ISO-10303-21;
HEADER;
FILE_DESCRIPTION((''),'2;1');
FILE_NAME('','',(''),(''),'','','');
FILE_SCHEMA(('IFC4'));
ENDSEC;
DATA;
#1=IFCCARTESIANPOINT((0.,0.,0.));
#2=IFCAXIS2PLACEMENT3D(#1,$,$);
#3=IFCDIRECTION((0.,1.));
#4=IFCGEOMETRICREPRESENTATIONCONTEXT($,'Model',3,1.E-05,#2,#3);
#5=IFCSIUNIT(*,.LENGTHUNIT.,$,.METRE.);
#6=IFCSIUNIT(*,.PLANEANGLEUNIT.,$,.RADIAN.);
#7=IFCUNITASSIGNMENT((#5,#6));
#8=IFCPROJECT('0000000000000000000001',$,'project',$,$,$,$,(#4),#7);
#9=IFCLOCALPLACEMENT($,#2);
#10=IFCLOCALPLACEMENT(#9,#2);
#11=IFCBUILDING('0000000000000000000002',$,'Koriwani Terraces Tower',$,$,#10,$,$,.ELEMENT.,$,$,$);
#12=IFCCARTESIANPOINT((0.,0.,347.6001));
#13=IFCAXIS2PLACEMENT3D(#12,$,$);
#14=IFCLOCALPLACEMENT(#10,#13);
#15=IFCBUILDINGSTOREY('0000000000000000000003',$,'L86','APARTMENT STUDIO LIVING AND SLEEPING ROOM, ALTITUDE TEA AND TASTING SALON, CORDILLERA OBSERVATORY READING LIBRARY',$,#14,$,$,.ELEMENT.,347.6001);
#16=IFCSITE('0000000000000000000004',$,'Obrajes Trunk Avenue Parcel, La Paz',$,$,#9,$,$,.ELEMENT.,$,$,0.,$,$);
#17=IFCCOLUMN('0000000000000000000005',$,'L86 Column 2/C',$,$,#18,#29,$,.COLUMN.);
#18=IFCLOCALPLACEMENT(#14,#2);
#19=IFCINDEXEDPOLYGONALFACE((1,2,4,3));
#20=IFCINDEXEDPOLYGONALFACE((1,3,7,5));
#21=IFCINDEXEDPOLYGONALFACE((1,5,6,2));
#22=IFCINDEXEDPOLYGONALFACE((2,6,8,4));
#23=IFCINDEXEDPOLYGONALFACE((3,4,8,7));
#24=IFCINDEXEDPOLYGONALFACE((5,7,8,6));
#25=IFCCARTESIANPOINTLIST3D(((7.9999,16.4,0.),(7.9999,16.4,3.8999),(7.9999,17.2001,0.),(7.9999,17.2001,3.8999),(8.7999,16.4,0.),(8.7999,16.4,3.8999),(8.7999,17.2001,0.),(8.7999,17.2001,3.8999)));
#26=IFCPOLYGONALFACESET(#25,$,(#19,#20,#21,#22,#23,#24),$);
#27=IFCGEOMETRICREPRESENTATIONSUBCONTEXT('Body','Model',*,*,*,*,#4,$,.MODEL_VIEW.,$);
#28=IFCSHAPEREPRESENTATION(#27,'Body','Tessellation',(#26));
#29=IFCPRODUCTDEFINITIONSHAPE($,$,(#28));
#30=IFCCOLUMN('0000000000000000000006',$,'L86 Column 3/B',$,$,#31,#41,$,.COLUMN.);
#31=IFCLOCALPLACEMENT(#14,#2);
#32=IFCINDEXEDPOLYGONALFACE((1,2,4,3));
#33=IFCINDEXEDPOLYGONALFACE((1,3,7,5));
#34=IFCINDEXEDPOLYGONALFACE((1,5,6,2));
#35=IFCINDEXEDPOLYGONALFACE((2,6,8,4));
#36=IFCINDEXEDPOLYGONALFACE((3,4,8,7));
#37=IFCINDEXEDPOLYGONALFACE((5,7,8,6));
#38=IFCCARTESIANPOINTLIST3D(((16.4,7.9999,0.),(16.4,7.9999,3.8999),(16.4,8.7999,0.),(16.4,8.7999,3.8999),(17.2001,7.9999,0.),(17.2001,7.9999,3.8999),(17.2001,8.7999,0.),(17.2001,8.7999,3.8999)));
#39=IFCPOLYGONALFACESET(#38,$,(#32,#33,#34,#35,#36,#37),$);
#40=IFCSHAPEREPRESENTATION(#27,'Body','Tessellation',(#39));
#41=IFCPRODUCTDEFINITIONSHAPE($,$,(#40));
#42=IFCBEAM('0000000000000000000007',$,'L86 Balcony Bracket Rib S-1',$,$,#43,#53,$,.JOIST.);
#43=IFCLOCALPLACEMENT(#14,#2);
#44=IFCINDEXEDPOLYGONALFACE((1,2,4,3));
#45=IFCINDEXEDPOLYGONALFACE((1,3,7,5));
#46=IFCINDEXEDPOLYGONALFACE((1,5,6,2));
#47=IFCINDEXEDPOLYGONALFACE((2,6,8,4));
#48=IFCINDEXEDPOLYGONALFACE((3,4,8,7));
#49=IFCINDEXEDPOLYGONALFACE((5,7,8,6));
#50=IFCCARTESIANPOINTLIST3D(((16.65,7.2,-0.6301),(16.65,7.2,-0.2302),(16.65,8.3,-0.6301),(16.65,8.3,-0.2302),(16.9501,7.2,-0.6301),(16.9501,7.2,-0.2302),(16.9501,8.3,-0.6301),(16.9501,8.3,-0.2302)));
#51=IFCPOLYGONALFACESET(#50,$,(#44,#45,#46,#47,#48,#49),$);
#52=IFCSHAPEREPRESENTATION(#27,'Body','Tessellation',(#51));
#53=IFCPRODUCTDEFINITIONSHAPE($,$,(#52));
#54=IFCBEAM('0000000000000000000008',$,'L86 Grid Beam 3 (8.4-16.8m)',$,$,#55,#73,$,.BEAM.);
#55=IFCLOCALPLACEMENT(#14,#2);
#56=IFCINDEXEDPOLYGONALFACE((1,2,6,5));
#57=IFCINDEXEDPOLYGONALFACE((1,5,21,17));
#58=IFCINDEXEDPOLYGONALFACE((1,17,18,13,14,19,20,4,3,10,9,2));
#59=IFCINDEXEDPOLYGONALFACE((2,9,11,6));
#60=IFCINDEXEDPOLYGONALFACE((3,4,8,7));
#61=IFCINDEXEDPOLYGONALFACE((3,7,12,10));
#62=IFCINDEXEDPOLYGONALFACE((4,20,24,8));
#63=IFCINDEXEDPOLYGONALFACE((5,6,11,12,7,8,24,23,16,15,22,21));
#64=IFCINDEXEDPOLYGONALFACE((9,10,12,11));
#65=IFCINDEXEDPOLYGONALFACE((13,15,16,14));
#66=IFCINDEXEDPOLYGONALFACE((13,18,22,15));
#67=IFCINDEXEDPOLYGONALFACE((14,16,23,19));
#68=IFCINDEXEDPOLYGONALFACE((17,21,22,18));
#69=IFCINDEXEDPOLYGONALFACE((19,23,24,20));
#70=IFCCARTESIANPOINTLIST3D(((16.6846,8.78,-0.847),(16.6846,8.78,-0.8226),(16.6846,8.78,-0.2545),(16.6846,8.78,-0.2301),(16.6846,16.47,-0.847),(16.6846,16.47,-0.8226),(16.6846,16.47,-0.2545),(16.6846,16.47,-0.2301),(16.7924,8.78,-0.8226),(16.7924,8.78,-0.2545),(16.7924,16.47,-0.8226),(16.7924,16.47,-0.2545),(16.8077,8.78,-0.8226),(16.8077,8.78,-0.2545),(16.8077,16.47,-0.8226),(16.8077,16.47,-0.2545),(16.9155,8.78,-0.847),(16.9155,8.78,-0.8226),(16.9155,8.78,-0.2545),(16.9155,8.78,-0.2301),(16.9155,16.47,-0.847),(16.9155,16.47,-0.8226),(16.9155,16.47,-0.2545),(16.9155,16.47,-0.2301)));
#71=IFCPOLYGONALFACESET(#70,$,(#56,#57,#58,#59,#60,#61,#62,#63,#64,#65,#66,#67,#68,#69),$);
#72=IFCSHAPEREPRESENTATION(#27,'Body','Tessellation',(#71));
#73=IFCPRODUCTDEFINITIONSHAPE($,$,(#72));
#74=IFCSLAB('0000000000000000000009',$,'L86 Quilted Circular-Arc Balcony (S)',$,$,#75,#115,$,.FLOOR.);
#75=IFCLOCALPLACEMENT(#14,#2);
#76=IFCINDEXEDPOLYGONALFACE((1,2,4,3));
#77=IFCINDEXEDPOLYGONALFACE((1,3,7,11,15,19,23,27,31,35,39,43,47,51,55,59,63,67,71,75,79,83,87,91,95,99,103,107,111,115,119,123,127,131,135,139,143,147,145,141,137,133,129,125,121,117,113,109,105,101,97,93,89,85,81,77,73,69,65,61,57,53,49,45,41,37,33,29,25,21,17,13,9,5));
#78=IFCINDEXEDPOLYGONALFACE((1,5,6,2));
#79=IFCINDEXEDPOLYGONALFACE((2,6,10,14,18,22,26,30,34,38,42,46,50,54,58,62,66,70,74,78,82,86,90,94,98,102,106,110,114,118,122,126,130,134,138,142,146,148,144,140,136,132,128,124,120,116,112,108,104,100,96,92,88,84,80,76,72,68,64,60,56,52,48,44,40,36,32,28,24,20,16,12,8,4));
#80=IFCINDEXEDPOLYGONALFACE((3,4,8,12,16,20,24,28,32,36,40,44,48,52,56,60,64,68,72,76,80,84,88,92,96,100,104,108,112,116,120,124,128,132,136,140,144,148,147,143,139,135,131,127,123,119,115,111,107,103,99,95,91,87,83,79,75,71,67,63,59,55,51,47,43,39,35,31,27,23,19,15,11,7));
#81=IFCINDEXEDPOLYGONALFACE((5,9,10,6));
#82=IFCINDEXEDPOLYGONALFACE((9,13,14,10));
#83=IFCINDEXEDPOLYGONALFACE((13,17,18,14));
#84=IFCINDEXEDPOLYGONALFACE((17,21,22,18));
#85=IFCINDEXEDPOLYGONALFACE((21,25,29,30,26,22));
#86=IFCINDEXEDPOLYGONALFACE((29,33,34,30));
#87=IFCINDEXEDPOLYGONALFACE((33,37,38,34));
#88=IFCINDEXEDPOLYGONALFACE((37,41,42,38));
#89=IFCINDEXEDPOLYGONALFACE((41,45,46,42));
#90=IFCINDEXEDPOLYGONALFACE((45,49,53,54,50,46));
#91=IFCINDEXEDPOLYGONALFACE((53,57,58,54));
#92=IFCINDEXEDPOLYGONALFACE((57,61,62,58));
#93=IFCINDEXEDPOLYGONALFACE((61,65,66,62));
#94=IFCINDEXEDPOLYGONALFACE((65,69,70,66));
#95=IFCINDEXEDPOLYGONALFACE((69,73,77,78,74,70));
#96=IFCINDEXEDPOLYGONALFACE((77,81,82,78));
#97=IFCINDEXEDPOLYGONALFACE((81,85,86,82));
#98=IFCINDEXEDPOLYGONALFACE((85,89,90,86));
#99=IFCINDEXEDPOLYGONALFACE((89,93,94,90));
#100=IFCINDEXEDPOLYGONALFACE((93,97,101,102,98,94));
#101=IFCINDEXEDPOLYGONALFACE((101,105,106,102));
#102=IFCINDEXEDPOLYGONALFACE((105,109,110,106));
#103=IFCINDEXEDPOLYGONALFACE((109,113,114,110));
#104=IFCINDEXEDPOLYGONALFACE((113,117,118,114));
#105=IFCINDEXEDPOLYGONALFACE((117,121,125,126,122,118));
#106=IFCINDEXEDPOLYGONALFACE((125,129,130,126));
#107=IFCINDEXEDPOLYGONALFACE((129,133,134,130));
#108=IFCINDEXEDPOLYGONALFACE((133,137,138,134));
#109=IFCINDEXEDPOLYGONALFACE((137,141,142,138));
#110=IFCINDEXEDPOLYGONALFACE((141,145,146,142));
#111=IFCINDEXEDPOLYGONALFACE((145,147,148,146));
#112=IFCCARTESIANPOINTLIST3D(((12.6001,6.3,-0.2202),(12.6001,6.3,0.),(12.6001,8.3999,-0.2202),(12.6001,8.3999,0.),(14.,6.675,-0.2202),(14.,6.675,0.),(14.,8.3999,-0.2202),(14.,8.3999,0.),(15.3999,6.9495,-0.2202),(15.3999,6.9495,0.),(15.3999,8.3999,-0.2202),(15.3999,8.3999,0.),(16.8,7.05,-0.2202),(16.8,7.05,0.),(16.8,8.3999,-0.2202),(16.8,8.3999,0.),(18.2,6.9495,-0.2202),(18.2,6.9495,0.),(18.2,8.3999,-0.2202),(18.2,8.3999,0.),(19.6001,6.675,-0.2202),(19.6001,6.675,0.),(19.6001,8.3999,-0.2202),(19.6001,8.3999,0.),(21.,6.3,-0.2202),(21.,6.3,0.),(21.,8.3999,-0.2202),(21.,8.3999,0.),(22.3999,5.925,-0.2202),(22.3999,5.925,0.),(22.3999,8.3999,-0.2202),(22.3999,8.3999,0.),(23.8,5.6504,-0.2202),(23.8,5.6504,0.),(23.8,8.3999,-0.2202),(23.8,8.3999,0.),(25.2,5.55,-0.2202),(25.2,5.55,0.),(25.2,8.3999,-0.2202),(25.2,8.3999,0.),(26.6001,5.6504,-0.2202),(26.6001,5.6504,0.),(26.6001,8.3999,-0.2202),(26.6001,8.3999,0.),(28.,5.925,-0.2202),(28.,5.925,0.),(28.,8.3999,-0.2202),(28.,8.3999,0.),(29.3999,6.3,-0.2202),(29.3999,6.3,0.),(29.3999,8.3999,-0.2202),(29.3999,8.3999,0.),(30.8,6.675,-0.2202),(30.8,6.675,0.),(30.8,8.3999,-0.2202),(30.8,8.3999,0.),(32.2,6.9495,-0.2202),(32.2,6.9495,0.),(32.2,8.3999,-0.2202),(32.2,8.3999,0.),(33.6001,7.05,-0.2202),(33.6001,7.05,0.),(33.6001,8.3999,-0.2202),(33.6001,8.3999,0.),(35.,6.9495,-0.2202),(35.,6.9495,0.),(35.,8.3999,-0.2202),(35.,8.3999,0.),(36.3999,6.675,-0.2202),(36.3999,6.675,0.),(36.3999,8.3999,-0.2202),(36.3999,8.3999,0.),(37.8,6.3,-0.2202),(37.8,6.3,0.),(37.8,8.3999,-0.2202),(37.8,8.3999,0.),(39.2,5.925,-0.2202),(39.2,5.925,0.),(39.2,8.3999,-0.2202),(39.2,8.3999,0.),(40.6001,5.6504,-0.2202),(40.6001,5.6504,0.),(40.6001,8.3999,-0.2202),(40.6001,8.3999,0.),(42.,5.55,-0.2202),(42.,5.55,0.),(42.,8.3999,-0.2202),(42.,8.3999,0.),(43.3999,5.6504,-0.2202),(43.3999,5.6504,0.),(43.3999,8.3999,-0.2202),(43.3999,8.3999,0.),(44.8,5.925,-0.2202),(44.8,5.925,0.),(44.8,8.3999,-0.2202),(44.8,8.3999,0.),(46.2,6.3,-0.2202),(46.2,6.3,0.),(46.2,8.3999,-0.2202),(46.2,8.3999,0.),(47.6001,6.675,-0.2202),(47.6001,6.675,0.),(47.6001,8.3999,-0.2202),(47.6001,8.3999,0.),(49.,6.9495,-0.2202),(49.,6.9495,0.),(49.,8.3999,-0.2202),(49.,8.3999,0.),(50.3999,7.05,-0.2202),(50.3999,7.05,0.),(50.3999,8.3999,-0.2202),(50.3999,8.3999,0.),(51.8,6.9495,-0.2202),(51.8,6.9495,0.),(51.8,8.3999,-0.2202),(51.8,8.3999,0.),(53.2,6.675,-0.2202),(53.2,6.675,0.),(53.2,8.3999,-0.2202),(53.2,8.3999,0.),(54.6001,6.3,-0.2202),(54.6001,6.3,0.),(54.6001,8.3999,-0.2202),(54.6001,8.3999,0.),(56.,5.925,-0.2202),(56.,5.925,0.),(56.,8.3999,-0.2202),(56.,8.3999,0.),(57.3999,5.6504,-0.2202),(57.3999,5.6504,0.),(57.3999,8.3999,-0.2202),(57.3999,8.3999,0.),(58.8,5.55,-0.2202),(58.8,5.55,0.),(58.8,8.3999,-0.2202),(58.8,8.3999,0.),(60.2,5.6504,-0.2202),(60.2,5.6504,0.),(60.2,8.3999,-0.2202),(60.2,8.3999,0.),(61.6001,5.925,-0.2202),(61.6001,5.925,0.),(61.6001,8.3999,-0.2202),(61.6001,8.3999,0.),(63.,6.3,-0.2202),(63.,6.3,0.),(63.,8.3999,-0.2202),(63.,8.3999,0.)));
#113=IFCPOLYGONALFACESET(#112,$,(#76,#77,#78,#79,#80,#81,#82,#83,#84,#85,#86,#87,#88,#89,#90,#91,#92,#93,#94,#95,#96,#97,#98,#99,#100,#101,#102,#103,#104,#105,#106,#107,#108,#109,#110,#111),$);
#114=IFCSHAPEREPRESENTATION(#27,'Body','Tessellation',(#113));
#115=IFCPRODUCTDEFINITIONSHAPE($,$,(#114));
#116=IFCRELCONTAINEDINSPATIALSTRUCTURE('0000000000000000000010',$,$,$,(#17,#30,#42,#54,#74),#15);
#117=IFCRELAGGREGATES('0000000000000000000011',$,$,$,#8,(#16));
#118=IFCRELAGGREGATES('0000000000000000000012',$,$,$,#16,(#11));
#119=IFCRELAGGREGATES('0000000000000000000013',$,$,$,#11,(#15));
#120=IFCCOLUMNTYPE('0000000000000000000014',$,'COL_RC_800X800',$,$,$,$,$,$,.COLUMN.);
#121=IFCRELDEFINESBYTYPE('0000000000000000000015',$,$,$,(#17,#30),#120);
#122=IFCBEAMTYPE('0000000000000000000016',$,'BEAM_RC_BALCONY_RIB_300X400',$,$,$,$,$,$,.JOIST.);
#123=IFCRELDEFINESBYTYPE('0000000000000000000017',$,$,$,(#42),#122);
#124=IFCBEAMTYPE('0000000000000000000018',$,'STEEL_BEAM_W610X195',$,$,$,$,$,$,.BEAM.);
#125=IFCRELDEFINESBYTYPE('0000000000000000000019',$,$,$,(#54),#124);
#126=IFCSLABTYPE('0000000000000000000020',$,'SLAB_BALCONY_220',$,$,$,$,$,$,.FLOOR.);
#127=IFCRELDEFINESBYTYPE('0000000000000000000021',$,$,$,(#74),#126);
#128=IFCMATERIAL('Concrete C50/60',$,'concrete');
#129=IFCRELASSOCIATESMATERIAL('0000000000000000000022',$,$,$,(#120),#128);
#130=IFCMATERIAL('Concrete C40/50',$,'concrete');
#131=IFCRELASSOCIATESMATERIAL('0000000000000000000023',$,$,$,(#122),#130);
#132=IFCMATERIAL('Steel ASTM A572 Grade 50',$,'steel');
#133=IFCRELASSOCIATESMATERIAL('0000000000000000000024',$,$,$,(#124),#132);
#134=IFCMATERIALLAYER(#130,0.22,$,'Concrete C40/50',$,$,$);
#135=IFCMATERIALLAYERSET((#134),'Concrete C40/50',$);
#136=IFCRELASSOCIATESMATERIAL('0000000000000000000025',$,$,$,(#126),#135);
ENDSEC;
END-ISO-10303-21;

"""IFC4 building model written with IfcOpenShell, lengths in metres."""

from ifc_helpers import new_model, si_unit, direction, frame, origin, origin_2d, place, context, subcontext, project, spatial, polyline, rectangle, i_section, outline, extrude, material, layer, layer_set, material_profile, profile_set, type_object, element, save


model = new_model("IFC4")

# Units and contexts
model_context = context("Model", 3, precision=1e-05, world=origin(), true_north=direction((0.0, 1.0)))
body_context = subcontext(model_context, "Body", "Model", "MODEL_VIEW")
ifc_project = project(units=[si_unit("LENGTHUNIT", "METRE"), si_unit("PLANEANGLEUNIT", "RADIAN")], contexts=[model_context])

# Site, building, storey
site_placement = place(None, origin())
site = spatial("IfcSite", under=ifc_project, at=site_placement, Name="Obrajes Trunk Avenue Parcel, La Paz", CompositionType="ELEMENT", RefElevation=0.0)
building_placement = place(site_placement, origin())
building = spatial("IfcBuilding", under=site, at=building_placement, Name="Koriwani Terraces Tower", CompositionType="ELEMENT")
storey_placement = place(building_placement, frame((0.0, 0.0, 347.6001)))
storey = spatial("IfcBuildingStorey", under=building, at=storey_placement, Name="L86", Description="APARTMENT STUDIO LIVING AND SLEEPING ROOM, ALTITUDE TEA AND TASTING SALON, CORDILLERA OBSERVATORY READING LIBRARY", CompositionType="ELEMENT", Elevation=347.6001)

# Columns
ifc_material_1 = material(Name="Concrete C50/60", Category="concrete")
ifc_material_profile_1 = material_profile(ifc_material_1, rectangle(XDim=0.8, YDim=0.8, at=origin_2d()), Name="Concrete C50/60", Category="LoadBearing")
ifc_profile_set_1 = profile_set([ifc_material_profile_1], Name="Concrete C50/60")
column_type = type_object("IfcColumnType", Name="COL_RC_800X800", PredefinedType="COLUMN", material=ifc_profile_set_1)
for number, where, z_axis, x_axis, name in (
    (1, (8.3999, 16.8, 0.0), (0.0, 0.0, 1.0), (1.0, 0.0, 0.0), "L86 Column 2/C"),
    (2, (16.8, 8.3999, 0.0), (0.0, 0.0, 1.0), (1.0, 0.0, 0.0), "L86 Column 3/B"),
):
    element("IfcColumn", number, at=place(storey_placement, frame(where, z_axis=z_axis, x_axis=x_axis)), inside=storey, type_object=column_type, Name=name, PredefinedType="COLUMN", context=body_context, shape_type="SweptSolid", body=[
        extrude(rectangle(XDim=0.8, YDim=0.8, at=origin_2d()), origin(), (0.0, 0.0, 1.0), 3.8999),
    ])

# Beams
ifc_material_2 = material(Name="Concrete C40/50", Category="concrete")
ifc_material_profile_2 = material_profile(ifc_material_2, rectangle(XDim=0.3, YDim=0.3999, at=origin_2d()), Name="Concrete C40/50", Category="LoadBearing")
ifc_profile_set_2 = profile_set([ifc_material_profile_2], Name="Concrete C40/50")
beam_type_1 = type_object("IfcBeamType", Name="BEAM_RC_BALCONY_RIB_300X400", PredefinedType="JOIST", material=ifc_profile_set_2)
beam_1_placement = place(storey_placement, frame((16.8, 7.2, -0.4302), z_axis=(0.0, 1.0, 0.0), x_axis=(-1.0, 0.0, 0.0)))
element("IfcBeam", 3, at=beam_1_placement, inside=storey, type_object=beam_type_1, Name="L86 Balcony Bracket Rib S-1", PredefinedType="JOIST", context=body_context, shape_type="SweptSolid", body=[
    extrude(rectangle(XDim=0.3, YDim=0.3999, at=origin_2d()), origin(), (0.0, 0.0, 1.0), 1.1001),
])
ifc_material_3 = material(Name="Steel ASTM A572 Grade 50", Category="steel")
ifc_material_profile_3 = material_profile(ifc_material_3, i_section(OverallWidth=0.231, OverallDepth=0.6169, WebThickness=0.0154, FlangeThickness=0.0244, at=origin_2d()), Name="Steel ASTM A572 Grade 50", Category="LoadBearing")
ifc_profile_set_3 = profile_set([ifc_material_profile_3], Name="Steel ASTM A572 Grade 50")
beam_type_2 = type_object("IfcBeamType", Name="STEEL_BEAM_W610X195", PredefinedType="BEAM", material=ifc_profile_set_3)
beam_2_placement = place(storey_placement, frame((16.8, 8.78, -0.5386), z_axis=(0.0, 1.0, 0.0), x_axis=(-1.0, 0.0, 0.0)))
element("IfcBeam", 4, at=beam_2_placement, inside=storey, type_object=beam_type_2, Name="L86 Grid Beam 3 (8.4-16.8m)", PredefinedType="BEAM", context=body_context, shape_type="SweptSolid", body=[
    extrude(i_section(OverallWidth=0.231, OverallDepth=0.6169, WebThickness=0.0154, FlangeThickness=0.0244, at=origin_2d()), origin(), (0.0, 0.0, 1.0), 7.6899),
])

# Slab
ifc_layer_1 = layer(ifc_material_2, 0.22, Name="Concrete C40/50")
ifc_layer_set_1 = layer_set([ifc_layer_1], Name="Concrete C40/50")
slab_type_1 = type_object("IfcSlabType", Name="SLAB_BALCONY_220", PredefinedType="FLOOR", material=ifc_layer_set_1)
slab_1_placement = place(storey_placement, frame((0.0, 0.0, -0.2202)))
element("IfcSlab", 5, at=slab_1_placement, inside=storey, type_object=slab_type_1, Name="L86 Quilted Circular-Arc Balcony (S)", PredefinedType="FLOOR", context=body_context, shape_type="SweptSolid", body=[
    extrude(outline(polyline([(12.6001, 8.3999), (14.0, 8.3999), (15.3999, 8.3999), (16.8, 8.3999), (18.2, 8.3999), (19.6001, 8.3999), (21.0, 8.3999), (22.3999, 8.3999), (23.8, 8.3999), (25.2, 8.3999), (26.6001, 8.3999), (28.0, 8.3999), (29.3999, 8.3999), (30.8, 8.3999), (32.2, 8.3999), (33.6001, 8.3999), (35.0, 8.3999), (36.3999, 8.3999), (37.8, 8.3999), (39.2, 8.3999), (40.6001, 8.3999), (42.0, 8.3999), (43.3999, 8.3999), (44.8, 8.3999), (46.2, 8.3999), (47.6001, 8.3999), (49.0, 8.3999), (50.3999, 8.3999), (51.8, 8.3999), (53.2, 8.3999), (54.6001, 8.3999), (56.0, 8.3999), (57.3999, 8.3999), (58.8, 8.3999), (60.2, 8.3999), (61.6001, 8.3999), (63.0, 8.3999), (63.0, 6.3), (61.6001, 5.925), (60.2, 5.6504), (58.8, 5.55), (57.3999, 5.6504), (56.0, 5.925), (54.6001, 6.3), (53.2, 6.675), (51.8, 6.9495), (50.3999, 7.05), (49.0, 6.9495), (47.6001, 6.675), (46.2, 6.3), (44.8, 5.925), (43.3999, 5.6504), (42.0, 5.55), (40.6001, 5.6504), (39.2, 5.925), (37.8, 6.3), (36.3999, 6.675), (35.0, 6.9495), (33.6001, 7.05), (32.2, 6.9495), (30.8, 6.675), (29.3999, 6.3), (28.0, 5.925), (26.6001, 5.6504), (25.2, 5.55), (23.8, 5.6504), (22.3999, 5.925), (21.0, 6.3), (19.6001, 6.675), (18.2, 6.9495), (16.8, 7.05), (15.3999, 6.9495), (14.0, 6.675), (12.6001, 6.3), (12.6001, 8.3999)])), origin(), (0.0, 0.0, 1.0), 0.2202),
])

save(model, "model.ifc")
